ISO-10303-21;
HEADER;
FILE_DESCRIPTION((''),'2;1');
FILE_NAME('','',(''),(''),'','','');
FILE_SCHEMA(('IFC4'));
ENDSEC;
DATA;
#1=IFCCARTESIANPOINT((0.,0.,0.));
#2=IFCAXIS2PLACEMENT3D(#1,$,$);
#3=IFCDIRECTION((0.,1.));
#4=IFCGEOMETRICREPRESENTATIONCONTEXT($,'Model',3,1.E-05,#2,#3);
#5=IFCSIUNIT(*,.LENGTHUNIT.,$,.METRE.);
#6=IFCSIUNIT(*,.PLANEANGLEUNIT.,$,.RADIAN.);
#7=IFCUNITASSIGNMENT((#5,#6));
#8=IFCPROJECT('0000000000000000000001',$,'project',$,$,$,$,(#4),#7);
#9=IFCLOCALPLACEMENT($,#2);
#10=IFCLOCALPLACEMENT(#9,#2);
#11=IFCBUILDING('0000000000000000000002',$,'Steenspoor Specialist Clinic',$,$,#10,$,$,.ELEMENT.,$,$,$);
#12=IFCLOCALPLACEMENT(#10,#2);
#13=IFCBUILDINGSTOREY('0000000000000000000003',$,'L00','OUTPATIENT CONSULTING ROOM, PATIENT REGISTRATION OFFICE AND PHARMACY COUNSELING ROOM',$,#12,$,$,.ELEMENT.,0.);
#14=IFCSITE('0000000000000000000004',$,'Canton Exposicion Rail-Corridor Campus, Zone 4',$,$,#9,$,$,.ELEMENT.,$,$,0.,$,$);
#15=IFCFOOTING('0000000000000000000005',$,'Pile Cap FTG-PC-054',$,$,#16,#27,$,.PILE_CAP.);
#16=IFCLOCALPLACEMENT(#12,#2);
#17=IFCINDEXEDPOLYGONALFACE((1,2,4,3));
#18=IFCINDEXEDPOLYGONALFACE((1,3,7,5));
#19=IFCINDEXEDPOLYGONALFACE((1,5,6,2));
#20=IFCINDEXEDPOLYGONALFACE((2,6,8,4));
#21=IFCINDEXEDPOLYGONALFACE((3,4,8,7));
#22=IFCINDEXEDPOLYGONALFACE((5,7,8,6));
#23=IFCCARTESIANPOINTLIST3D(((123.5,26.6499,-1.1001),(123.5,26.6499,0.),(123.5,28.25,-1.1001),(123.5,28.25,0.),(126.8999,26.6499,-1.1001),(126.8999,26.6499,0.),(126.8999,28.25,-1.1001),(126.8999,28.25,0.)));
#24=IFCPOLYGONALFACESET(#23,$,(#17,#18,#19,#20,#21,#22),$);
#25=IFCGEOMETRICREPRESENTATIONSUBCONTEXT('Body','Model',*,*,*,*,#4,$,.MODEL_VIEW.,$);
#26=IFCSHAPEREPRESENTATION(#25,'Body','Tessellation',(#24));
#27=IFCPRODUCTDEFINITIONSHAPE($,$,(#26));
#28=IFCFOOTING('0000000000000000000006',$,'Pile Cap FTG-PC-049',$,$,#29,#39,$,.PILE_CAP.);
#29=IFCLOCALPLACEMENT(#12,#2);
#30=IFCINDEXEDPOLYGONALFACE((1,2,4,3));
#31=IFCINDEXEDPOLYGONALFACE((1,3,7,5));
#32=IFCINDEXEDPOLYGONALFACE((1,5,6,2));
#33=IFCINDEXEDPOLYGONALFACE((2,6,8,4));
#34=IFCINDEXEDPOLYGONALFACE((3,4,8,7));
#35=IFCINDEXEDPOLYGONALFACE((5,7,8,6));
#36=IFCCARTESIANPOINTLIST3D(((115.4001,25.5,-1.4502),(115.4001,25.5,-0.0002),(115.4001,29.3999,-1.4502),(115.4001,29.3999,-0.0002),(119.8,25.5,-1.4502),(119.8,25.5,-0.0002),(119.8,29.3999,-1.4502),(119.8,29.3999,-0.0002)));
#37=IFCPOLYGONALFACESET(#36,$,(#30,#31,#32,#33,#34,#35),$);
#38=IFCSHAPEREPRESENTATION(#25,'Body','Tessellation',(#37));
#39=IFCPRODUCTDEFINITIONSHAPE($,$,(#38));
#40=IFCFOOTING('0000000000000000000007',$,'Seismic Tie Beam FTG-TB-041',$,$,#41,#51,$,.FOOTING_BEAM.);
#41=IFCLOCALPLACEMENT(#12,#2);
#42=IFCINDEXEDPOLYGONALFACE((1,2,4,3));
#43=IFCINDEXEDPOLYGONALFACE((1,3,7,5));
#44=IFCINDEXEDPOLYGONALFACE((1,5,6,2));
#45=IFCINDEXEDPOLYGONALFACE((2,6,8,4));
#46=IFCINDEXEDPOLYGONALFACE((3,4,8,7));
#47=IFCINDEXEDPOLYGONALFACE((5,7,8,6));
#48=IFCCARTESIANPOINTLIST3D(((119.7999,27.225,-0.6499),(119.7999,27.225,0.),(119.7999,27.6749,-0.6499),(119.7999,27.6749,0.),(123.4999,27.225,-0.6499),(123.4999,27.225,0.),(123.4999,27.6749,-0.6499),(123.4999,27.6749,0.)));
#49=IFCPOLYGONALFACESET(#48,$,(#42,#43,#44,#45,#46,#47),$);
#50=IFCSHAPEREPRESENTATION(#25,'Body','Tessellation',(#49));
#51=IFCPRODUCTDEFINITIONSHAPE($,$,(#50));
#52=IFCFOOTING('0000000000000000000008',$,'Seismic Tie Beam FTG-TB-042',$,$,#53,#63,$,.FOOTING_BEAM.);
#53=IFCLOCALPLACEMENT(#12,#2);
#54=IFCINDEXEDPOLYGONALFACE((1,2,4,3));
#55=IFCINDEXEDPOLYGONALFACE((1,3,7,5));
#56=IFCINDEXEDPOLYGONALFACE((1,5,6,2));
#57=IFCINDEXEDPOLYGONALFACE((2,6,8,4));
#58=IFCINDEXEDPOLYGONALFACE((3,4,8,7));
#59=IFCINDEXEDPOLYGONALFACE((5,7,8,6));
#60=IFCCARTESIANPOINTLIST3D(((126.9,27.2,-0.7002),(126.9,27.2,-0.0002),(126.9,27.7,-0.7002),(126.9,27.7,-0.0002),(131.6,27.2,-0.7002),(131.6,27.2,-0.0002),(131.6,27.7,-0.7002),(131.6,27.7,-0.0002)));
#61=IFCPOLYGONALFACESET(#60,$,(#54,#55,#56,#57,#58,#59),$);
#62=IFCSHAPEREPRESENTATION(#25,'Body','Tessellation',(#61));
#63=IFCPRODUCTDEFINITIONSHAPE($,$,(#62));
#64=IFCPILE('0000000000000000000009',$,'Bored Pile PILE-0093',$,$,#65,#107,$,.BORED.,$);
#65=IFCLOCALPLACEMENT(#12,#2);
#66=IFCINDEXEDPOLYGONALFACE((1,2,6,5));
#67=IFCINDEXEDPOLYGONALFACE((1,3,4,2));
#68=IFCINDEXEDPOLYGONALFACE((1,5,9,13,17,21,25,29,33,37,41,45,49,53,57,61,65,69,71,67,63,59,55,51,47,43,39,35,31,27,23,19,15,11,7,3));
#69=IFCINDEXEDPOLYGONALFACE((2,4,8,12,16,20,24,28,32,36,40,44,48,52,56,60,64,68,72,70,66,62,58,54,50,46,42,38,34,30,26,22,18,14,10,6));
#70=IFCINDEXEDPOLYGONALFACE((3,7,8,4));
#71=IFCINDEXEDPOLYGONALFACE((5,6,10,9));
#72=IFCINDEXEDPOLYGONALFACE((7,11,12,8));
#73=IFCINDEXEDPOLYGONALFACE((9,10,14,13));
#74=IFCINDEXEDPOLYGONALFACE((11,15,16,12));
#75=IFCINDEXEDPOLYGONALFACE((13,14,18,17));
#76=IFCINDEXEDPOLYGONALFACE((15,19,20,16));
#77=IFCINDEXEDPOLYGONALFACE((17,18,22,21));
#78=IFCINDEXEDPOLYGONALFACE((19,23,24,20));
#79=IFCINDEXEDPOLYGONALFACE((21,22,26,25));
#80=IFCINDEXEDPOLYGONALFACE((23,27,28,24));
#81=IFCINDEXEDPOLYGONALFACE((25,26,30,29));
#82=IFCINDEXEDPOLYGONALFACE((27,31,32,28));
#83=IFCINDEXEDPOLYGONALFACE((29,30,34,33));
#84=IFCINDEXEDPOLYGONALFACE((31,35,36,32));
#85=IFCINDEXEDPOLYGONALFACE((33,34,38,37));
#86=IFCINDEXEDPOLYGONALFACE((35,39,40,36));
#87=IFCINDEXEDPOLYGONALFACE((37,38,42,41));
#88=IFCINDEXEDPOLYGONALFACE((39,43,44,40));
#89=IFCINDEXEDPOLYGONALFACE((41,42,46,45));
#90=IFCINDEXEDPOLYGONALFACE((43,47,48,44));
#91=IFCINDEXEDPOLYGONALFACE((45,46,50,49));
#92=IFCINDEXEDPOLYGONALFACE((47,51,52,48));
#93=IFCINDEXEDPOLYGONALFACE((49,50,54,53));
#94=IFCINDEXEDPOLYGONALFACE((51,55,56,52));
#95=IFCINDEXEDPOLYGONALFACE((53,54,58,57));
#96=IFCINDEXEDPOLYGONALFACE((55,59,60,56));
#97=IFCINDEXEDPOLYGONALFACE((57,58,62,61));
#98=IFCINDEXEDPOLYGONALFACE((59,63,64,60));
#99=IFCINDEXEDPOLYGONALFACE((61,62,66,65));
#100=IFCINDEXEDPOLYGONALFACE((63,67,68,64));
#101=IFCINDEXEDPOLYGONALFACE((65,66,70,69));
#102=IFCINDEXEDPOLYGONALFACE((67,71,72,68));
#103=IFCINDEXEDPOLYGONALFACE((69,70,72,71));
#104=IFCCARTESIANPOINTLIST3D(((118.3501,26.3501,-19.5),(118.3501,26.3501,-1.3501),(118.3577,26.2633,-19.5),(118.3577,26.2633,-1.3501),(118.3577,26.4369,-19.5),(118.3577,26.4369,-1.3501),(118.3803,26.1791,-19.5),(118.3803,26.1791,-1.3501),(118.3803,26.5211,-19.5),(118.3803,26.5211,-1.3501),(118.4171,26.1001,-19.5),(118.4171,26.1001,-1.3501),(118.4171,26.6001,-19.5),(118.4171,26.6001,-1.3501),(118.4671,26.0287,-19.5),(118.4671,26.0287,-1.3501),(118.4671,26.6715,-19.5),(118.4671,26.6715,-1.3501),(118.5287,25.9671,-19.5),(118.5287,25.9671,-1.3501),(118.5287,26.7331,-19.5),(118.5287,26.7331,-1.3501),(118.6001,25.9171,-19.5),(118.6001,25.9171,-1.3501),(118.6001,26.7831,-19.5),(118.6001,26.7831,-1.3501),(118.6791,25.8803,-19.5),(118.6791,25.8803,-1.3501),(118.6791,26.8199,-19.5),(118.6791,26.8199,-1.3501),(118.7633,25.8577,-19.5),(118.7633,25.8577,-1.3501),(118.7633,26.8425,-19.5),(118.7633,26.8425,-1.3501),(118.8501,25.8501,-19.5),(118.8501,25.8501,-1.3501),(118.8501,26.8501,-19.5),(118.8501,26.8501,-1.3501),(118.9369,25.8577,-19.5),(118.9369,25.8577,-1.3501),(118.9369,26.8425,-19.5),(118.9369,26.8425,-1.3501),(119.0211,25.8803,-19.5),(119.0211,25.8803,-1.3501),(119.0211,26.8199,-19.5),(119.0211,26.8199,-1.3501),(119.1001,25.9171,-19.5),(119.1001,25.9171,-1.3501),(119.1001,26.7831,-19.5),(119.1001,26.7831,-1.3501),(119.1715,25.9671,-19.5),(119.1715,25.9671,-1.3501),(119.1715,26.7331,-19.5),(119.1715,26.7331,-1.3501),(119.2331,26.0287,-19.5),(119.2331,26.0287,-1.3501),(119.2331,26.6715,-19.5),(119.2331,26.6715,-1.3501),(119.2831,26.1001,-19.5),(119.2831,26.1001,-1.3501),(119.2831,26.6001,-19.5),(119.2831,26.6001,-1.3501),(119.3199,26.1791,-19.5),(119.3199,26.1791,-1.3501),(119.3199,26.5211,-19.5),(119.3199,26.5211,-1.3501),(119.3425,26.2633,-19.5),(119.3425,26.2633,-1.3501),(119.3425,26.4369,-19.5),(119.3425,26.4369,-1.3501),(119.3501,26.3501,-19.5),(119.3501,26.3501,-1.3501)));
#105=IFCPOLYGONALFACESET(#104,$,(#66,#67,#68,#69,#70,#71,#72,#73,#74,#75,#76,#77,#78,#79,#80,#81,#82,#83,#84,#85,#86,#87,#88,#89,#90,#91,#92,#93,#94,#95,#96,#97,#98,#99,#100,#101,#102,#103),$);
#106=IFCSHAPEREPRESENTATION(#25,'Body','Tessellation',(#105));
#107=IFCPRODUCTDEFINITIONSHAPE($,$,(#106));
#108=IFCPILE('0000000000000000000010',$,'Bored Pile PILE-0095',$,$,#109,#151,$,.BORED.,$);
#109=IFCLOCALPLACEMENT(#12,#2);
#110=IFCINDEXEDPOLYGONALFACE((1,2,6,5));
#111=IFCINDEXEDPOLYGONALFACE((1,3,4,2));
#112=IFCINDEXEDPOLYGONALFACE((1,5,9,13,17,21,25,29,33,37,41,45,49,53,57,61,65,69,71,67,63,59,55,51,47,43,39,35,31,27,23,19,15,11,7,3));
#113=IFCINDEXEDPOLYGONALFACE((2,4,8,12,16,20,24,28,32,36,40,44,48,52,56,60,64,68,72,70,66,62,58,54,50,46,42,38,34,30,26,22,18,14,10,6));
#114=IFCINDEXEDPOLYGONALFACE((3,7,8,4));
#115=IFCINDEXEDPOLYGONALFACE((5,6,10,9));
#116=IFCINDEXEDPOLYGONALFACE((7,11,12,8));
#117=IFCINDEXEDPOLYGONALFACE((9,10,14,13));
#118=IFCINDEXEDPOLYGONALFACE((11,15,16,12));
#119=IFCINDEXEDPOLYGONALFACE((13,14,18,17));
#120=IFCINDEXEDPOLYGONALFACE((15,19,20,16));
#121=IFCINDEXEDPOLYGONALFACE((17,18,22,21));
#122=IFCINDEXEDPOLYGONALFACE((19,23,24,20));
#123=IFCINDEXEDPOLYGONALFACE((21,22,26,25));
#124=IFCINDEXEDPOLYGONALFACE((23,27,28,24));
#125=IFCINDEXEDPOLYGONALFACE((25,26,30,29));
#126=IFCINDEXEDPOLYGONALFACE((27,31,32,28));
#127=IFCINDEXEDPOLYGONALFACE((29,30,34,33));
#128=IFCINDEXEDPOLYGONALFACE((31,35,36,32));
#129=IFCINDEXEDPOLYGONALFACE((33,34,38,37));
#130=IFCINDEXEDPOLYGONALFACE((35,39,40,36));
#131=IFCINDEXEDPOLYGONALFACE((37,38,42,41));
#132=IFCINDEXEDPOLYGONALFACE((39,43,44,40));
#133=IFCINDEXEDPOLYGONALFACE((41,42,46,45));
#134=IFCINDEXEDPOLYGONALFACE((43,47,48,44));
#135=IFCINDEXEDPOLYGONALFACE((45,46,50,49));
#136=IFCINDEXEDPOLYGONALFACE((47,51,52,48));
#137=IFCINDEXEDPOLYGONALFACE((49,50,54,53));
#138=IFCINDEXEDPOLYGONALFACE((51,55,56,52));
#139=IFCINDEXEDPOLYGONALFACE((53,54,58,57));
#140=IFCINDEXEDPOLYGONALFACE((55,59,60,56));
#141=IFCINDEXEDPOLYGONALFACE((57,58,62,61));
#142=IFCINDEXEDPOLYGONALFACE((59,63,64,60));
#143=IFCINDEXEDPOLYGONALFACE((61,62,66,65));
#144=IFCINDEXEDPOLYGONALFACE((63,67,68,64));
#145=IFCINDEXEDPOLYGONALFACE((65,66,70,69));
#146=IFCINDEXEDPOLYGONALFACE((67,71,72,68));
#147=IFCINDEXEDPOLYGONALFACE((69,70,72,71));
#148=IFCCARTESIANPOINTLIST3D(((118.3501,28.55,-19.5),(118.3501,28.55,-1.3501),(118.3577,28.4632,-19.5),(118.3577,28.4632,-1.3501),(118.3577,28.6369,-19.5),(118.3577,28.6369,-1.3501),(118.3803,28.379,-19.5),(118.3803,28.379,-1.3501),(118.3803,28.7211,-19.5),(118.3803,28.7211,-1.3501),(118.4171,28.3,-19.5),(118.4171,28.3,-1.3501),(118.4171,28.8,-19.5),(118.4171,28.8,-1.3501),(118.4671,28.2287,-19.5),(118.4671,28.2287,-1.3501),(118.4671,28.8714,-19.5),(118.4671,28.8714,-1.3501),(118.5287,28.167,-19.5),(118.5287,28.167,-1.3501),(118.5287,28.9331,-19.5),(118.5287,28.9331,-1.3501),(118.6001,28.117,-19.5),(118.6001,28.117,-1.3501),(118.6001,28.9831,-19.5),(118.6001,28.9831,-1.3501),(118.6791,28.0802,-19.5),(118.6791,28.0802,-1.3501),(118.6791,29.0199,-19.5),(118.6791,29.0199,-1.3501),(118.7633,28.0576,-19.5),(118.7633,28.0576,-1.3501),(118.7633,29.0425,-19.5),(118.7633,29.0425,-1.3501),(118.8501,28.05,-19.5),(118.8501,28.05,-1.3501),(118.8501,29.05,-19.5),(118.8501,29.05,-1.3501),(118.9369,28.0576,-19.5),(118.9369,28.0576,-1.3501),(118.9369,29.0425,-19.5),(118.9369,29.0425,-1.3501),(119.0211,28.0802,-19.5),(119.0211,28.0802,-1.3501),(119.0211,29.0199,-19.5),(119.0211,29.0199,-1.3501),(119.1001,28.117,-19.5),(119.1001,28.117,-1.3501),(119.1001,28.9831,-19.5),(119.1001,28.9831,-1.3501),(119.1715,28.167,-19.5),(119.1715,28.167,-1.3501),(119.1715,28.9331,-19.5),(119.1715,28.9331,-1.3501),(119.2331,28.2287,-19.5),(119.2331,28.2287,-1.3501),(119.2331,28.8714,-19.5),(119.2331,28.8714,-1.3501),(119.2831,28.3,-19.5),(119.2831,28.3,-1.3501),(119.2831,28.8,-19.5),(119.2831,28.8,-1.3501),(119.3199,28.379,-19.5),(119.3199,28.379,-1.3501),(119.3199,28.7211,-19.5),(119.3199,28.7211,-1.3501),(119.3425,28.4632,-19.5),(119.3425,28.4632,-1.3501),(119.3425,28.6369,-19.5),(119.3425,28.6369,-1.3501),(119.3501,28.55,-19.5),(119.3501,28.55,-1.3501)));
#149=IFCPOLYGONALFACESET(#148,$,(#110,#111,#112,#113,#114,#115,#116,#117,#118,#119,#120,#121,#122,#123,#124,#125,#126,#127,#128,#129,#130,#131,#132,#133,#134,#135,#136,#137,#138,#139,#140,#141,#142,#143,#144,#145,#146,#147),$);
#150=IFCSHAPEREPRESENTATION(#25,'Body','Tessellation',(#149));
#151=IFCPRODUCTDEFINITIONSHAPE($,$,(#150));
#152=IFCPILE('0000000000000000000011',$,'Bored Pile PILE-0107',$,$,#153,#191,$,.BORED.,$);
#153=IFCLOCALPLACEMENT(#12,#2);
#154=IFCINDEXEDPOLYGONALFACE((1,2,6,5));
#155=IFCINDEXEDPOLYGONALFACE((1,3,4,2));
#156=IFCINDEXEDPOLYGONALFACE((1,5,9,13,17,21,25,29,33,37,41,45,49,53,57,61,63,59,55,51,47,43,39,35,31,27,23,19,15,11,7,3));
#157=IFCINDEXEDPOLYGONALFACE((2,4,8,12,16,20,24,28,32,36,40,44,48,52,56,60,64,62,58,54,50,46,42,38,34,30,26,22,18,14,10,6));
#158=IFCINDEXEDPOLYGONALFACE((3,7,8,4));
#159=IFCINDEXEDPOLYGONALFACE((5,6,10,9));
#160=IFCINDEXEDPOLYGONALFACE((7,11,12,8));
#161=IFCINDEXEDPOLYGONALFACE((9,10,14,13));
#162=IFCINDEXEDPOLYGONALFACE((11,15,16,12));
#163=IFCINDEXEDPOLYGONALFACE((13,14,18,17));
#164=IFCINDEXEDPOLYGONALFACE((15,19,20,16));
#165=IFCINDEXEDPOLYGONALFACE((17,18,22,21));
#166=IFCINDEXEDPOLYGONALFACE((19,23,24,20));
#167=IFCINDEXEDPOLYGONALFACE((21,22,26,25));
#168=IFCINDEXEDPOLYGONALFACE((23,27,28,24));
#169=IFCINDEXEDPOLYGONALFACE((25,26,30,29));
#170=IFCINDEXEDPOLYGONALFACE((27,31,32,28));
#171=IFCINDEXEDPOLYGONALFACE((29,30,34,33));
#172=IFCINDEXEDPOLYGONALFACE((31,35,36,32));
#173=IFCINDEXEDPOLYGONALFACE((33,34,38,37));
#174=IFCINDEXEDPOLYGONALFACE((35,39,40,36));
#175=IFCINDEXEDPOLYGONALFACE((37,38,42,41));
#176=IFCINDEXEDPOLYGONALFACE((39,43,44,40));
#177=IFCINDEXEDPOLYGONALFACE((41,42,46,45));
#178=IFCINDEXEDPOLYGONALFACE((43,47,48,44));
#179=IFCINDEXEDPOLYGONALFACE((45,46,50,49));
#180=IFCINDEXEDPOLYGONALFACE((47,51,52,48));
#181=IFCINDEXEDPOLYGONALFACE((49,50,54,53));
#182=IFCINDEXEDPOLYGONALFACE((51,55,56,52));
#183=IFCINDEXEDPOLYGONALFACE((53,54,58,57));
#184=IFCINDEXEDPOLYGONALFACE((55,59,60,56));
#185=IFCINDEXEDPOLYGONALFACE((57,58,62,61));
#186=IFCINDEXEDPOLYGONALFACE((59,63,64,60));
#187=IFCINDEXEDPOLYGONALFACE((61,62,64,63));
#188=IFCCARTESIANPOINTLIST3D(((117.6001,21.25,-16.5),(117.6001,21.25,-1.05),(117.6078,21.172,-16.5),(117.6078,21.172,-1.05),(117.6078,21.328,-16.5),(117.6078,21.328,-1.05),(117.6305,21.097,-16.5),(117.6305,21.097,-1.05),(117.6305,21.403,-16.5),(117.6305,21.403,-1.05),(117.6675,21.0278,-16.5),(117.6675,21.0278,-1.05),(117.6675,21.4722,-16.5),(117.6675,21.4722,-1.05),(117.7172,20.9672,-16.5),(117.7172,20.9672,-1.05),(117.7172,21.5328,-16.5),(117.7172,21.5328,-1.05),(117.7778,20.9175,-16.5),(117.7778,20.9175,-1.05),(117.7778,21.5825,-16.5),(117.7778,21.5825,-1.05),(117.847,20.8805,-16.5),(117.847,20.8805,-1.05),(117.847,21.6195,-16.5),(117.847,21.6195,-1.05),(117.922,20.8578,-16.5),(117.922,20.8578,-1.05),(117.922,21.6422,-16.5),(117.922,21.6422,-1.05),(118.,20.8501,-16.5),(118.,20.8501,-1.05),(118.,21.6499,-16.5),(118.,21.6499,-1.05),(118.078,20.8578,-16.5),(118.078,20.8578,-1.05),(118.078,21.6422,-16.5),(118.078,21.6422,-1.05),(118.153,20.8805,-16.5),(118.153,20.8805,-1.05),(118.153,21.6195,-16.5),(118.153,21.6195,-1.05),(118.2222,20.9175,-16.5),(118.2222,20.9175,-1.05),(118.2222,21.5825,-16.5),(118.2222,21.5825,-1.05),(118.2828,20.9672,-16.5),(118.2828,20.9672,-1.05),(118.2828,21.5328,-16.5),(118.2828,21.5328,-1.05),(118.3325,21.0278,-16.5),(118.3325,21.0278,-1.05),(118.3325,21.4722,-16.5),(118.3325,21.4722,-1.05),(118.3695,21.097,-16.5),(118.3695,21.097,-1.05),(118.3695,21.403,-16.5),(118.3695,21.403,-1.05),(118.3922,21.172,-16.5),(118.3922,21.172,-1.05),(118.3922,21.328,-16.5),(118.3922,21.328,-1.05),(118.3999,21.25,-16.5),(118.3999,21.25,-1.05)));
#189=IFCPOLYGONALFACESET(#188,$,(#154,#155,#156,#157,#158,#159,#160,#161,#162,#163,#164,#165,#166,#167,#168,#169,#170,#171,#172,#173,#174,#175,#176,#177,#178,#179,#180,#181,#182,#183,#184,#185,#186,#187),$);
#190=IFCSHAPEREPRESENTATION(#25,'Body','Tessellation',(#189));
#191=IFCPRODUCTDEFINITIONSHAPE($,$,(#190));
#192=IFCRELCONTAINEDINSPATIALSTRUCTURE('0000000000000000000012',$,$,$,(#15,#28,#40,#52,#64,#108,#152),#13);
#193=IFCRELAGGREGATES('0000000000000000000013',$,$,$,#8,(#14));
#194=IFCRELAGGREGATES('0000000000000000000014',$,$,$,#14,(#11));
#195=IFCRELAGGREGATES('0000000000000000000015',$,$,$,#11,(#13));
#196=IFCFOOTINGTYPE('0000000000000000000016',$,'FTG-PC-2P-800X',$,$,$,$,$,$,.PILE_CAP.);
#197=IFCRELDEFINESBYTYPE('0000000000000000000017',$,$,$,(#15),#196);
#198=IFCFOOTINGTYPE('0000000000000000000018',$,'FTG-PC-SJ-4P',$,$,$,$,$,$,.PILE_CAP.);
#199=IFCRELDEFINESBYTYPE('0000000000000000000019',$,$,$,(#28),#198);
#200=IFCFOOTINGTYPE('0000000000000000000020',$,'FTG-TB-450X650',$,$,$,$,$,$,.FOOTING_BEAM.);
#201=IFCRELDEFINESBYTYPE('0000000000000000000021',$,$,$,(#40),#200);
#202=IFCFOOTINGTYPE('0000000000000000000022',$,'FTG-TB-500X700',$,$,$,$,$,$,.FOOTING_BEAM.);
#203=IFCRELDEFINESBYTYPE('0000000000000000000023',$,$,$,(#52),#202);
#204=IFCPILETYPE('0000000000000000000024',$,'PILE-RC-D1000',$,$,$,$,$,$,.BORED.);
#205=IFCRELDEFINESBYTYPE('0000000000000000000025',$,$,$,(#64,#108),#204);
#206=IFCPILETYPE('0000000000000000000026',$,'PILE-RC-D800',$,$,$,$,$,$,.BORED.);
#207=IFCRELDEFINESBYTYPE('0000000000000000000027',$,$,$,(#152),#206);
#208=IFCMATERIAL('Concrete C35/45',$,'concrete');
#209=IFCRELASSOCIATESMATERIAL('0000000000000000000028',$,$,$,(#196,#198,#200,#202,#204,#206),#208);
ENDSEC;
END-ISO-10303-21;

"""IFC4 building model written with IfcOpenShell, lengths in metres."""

from ifc_helpers import new_model, si_unit, direction, frame, origin, origin_2d, place, context, subcontext, project, spatial, rectangle, circle, extrude, material, material_profile, profile_set, type_object, element, save


model = new_model("IFC4")

# Units and contexts
model_context = context("Model", 3, precision=1e-05, world=origin(), true_north=direction((0.0, 1.0)))
body_context = subcontext(model_context, "Body", "Model", "MODEL_VIEW")
ifc_project = project(units=[si_unit("LENGTHUNIT", "METRE"), si_unit("PLANEANGLEUNIT", "RADIAN")], contexts=[model_context])

# Site, building, storey
site_placement = place(None, origin())
site = spatial("IfcSite", under=ifc_project, at=site_placement, Name="Canton Exposicion Rail-Corridor Campus, Zone 4", CompositionType="ELEMENT", RefElevation=0.0)
building_placement = place(site_placement, origin())
building = spatial("IfcBuilding", under=site, at=building_placement, Name="Steenspoor Specialist Clinic", CompositionType="ELEMENT")
storey_placement = place(building_placement, origin())
storey = spatial("IfcBuildingStorey", under=building, at=storey_placement, Name="L00", Description="OUTPATIENT CONSULTING ROOM, PATIENT REGISTRATION OFFICE AND PHARMACY COUNSELING ROOM", CompositionType="ELEMENT", Elevation=0.0)

# Footings
ifc_material_1 = material(Name="Concrete C35/45", Category="concrete")
footing_type_1 = type_object("IfcFootingType", Name="FTG-PC-2P-800X", PredefinedType="PILE_CAP", material=ifc_material_1)
footing_1_placement = place(storey_placement, frame((125.2, 27.45, -1.1001), z_axis=(0.0, 0.0, 1.0), x_axis=(1.0, 0.0, 0.0)))
element("IfcFooting", 1, at=footing_1_placement, inside=storey, type_object=footing_type_1, Name="Pile Cap FTG-PC-054", PredefinedType="PILE_CAP", context=body_context, shape_type="SweptSolid", body=[
    extrude(rectangle(XDim=3.3999, YDim=1.6001, at=origin_2d()), origin(), (0.0, 0.0, 1.0), 1.1001),
])
footing_type_2 = type_object("IfcFootingType", Name="FTG-PC-SJ-4P", PredefinedType="PILE_CAP", material=ifc_material_1)
footing_2_placement = place(storey_placement, frame((117.6001, 27.45, -1.4502), z_axis=(0.0, 0.0, 1.0), x_axis=(1.0, 0.0, 0.0)))
element("IfcFooting", 2, at=footing_2_placement, inside=storey, type_object=footing_type_2, Name="Pile Cap FTG-PC-049", PredefinedType="PILE_CAP", context=body_context, shape_type="SweptSolid", body=[
    extrude(rectangle(XDim=4.3999, YDim=3.8999, at=origin_2d()), origin(), (0.0, 0.0, 1.0), 1.45),
])
footing_type_3 = type_object("IfcFootingType", Name="FTG-TB-450X650", PredefinedType="FOOTING_BEAM", material=ifc_material_1)
footing_3_placement = place(storey_placement, frame((121.6499, 27.45, -0.6499), z_axis=(0.0, 0.0, 1.0), x_axis=(1.0, 0.0, 0.0)))
element("IfcFooting", 3, at=footing_3_placement, inside=storey, type_object=footing_type_3, Name="Seismic Tie Beam FTG-TB-041", PredefinedType="FOOTING_BEAM", context=body_context, shape_type="SweptSolid", body=[
    extrude(rectangle(XDim=3.7, YDim=0.45, at=origin_2d()), origin(), (0.0, 0.0, 1.0), 0.6499),
])
footing_type_4 = type_object("IfcFootingType", Name="FTG-TB-500X700", PredefinedType="FOOTING_BEAM", material=ifc_material_1)
footing_4_placement = place(storey_placement, frame((129.25, 27.45, -0.7002), z_axis=(0.0, 0.0, 1.0), x_axis=(1.0, 0.0, 0.0)))
element("IfcFooting", 4, at=footing_4_placement, inside=storey, type_object=footing_type_4, Name="Seismic Tie Beam FTG-TB-042", PredefinedType="FOOTING_BEAM", context=body_context, shape_type="SweptSolid", body=[
    extrude(rectangle(XDim=4.7, YDim=0.5, at=origin_2d()), origin(), (0.0, 0.0, 1.0), 0.7),
])

# Piles
ifc_material_profile_1 = material_profile(ifc_material_1, circle(Radius=0.5, at=origin_2d()), Name="PILE-D1000")
ifc_profile_set_1 = profile_set([ifc_material_profile_1], Name="Concrete C35/45")
pile_type_1 = type_object("IfcPileType", Name="PILE-RC-D1000", PredefinedType="BORED", material=ifc_profile_set_1)
for number, where, z_axis, x_axis, name in (
    (5, (118.8501, 26.3501, -1.3501), (0.0, 0.0, -1.0), (1.0, 0.0, 0.0), "Bored Pile PILE-0093"),
    (6, (118.8501, 28.55, -1.3501), (0.0, 0.0, -1.0), (1.0, 0.0, 0.0), "Bored Pile PILE-0095"),
):
    element("IfcPile", number, at=place(storey_placement, frame(where, z_axis=z_axis, x_axis=x_axis)), inside=storey, type_object=pile_type_1, Name=name, PredefinedType="BORED", context=body_context, shape_type="SweptSolid", body=[
        extrude(circle(Radius=0.5, at=origin_2d()), origin(), (0.0, 0.0, 1.0), 18.1499),
    ])
ifc_material_profile_2 = material_profile(ifc_material_1, circle(Radius=0.3999, at=origin_2d()), Name="PILE-D800")
ifc_profile_set_2 = profile_set([ifc_material_profile_2], Name="Concrete C35/45")
pile_type_2 = type_object("IfcPileType", Name="PILE-RC-D800", PredefinedType="BORED", material=ifc_profile_set_2)
pile_placement = place(storey_placement, frame((118.0, 21.25, -1.05), z_axis=(0.0, 0.0, -1.0), x_axis=(1.0, 0.0, 0.0)))
element("IfcPile", 7, at=pile_placement, inside=storey, type_object=pile_type_2, Name="Bored Pile PILE-0107", PredefinedType="BORED", context=body_context, shape_type="SweptSolid", body=[
    extrude(circle(Radius=0.3999, at=origin_2d()), origin(), (0.0, 0.0, 1.0), 15.45),
])

save(model, "model.ifc")
